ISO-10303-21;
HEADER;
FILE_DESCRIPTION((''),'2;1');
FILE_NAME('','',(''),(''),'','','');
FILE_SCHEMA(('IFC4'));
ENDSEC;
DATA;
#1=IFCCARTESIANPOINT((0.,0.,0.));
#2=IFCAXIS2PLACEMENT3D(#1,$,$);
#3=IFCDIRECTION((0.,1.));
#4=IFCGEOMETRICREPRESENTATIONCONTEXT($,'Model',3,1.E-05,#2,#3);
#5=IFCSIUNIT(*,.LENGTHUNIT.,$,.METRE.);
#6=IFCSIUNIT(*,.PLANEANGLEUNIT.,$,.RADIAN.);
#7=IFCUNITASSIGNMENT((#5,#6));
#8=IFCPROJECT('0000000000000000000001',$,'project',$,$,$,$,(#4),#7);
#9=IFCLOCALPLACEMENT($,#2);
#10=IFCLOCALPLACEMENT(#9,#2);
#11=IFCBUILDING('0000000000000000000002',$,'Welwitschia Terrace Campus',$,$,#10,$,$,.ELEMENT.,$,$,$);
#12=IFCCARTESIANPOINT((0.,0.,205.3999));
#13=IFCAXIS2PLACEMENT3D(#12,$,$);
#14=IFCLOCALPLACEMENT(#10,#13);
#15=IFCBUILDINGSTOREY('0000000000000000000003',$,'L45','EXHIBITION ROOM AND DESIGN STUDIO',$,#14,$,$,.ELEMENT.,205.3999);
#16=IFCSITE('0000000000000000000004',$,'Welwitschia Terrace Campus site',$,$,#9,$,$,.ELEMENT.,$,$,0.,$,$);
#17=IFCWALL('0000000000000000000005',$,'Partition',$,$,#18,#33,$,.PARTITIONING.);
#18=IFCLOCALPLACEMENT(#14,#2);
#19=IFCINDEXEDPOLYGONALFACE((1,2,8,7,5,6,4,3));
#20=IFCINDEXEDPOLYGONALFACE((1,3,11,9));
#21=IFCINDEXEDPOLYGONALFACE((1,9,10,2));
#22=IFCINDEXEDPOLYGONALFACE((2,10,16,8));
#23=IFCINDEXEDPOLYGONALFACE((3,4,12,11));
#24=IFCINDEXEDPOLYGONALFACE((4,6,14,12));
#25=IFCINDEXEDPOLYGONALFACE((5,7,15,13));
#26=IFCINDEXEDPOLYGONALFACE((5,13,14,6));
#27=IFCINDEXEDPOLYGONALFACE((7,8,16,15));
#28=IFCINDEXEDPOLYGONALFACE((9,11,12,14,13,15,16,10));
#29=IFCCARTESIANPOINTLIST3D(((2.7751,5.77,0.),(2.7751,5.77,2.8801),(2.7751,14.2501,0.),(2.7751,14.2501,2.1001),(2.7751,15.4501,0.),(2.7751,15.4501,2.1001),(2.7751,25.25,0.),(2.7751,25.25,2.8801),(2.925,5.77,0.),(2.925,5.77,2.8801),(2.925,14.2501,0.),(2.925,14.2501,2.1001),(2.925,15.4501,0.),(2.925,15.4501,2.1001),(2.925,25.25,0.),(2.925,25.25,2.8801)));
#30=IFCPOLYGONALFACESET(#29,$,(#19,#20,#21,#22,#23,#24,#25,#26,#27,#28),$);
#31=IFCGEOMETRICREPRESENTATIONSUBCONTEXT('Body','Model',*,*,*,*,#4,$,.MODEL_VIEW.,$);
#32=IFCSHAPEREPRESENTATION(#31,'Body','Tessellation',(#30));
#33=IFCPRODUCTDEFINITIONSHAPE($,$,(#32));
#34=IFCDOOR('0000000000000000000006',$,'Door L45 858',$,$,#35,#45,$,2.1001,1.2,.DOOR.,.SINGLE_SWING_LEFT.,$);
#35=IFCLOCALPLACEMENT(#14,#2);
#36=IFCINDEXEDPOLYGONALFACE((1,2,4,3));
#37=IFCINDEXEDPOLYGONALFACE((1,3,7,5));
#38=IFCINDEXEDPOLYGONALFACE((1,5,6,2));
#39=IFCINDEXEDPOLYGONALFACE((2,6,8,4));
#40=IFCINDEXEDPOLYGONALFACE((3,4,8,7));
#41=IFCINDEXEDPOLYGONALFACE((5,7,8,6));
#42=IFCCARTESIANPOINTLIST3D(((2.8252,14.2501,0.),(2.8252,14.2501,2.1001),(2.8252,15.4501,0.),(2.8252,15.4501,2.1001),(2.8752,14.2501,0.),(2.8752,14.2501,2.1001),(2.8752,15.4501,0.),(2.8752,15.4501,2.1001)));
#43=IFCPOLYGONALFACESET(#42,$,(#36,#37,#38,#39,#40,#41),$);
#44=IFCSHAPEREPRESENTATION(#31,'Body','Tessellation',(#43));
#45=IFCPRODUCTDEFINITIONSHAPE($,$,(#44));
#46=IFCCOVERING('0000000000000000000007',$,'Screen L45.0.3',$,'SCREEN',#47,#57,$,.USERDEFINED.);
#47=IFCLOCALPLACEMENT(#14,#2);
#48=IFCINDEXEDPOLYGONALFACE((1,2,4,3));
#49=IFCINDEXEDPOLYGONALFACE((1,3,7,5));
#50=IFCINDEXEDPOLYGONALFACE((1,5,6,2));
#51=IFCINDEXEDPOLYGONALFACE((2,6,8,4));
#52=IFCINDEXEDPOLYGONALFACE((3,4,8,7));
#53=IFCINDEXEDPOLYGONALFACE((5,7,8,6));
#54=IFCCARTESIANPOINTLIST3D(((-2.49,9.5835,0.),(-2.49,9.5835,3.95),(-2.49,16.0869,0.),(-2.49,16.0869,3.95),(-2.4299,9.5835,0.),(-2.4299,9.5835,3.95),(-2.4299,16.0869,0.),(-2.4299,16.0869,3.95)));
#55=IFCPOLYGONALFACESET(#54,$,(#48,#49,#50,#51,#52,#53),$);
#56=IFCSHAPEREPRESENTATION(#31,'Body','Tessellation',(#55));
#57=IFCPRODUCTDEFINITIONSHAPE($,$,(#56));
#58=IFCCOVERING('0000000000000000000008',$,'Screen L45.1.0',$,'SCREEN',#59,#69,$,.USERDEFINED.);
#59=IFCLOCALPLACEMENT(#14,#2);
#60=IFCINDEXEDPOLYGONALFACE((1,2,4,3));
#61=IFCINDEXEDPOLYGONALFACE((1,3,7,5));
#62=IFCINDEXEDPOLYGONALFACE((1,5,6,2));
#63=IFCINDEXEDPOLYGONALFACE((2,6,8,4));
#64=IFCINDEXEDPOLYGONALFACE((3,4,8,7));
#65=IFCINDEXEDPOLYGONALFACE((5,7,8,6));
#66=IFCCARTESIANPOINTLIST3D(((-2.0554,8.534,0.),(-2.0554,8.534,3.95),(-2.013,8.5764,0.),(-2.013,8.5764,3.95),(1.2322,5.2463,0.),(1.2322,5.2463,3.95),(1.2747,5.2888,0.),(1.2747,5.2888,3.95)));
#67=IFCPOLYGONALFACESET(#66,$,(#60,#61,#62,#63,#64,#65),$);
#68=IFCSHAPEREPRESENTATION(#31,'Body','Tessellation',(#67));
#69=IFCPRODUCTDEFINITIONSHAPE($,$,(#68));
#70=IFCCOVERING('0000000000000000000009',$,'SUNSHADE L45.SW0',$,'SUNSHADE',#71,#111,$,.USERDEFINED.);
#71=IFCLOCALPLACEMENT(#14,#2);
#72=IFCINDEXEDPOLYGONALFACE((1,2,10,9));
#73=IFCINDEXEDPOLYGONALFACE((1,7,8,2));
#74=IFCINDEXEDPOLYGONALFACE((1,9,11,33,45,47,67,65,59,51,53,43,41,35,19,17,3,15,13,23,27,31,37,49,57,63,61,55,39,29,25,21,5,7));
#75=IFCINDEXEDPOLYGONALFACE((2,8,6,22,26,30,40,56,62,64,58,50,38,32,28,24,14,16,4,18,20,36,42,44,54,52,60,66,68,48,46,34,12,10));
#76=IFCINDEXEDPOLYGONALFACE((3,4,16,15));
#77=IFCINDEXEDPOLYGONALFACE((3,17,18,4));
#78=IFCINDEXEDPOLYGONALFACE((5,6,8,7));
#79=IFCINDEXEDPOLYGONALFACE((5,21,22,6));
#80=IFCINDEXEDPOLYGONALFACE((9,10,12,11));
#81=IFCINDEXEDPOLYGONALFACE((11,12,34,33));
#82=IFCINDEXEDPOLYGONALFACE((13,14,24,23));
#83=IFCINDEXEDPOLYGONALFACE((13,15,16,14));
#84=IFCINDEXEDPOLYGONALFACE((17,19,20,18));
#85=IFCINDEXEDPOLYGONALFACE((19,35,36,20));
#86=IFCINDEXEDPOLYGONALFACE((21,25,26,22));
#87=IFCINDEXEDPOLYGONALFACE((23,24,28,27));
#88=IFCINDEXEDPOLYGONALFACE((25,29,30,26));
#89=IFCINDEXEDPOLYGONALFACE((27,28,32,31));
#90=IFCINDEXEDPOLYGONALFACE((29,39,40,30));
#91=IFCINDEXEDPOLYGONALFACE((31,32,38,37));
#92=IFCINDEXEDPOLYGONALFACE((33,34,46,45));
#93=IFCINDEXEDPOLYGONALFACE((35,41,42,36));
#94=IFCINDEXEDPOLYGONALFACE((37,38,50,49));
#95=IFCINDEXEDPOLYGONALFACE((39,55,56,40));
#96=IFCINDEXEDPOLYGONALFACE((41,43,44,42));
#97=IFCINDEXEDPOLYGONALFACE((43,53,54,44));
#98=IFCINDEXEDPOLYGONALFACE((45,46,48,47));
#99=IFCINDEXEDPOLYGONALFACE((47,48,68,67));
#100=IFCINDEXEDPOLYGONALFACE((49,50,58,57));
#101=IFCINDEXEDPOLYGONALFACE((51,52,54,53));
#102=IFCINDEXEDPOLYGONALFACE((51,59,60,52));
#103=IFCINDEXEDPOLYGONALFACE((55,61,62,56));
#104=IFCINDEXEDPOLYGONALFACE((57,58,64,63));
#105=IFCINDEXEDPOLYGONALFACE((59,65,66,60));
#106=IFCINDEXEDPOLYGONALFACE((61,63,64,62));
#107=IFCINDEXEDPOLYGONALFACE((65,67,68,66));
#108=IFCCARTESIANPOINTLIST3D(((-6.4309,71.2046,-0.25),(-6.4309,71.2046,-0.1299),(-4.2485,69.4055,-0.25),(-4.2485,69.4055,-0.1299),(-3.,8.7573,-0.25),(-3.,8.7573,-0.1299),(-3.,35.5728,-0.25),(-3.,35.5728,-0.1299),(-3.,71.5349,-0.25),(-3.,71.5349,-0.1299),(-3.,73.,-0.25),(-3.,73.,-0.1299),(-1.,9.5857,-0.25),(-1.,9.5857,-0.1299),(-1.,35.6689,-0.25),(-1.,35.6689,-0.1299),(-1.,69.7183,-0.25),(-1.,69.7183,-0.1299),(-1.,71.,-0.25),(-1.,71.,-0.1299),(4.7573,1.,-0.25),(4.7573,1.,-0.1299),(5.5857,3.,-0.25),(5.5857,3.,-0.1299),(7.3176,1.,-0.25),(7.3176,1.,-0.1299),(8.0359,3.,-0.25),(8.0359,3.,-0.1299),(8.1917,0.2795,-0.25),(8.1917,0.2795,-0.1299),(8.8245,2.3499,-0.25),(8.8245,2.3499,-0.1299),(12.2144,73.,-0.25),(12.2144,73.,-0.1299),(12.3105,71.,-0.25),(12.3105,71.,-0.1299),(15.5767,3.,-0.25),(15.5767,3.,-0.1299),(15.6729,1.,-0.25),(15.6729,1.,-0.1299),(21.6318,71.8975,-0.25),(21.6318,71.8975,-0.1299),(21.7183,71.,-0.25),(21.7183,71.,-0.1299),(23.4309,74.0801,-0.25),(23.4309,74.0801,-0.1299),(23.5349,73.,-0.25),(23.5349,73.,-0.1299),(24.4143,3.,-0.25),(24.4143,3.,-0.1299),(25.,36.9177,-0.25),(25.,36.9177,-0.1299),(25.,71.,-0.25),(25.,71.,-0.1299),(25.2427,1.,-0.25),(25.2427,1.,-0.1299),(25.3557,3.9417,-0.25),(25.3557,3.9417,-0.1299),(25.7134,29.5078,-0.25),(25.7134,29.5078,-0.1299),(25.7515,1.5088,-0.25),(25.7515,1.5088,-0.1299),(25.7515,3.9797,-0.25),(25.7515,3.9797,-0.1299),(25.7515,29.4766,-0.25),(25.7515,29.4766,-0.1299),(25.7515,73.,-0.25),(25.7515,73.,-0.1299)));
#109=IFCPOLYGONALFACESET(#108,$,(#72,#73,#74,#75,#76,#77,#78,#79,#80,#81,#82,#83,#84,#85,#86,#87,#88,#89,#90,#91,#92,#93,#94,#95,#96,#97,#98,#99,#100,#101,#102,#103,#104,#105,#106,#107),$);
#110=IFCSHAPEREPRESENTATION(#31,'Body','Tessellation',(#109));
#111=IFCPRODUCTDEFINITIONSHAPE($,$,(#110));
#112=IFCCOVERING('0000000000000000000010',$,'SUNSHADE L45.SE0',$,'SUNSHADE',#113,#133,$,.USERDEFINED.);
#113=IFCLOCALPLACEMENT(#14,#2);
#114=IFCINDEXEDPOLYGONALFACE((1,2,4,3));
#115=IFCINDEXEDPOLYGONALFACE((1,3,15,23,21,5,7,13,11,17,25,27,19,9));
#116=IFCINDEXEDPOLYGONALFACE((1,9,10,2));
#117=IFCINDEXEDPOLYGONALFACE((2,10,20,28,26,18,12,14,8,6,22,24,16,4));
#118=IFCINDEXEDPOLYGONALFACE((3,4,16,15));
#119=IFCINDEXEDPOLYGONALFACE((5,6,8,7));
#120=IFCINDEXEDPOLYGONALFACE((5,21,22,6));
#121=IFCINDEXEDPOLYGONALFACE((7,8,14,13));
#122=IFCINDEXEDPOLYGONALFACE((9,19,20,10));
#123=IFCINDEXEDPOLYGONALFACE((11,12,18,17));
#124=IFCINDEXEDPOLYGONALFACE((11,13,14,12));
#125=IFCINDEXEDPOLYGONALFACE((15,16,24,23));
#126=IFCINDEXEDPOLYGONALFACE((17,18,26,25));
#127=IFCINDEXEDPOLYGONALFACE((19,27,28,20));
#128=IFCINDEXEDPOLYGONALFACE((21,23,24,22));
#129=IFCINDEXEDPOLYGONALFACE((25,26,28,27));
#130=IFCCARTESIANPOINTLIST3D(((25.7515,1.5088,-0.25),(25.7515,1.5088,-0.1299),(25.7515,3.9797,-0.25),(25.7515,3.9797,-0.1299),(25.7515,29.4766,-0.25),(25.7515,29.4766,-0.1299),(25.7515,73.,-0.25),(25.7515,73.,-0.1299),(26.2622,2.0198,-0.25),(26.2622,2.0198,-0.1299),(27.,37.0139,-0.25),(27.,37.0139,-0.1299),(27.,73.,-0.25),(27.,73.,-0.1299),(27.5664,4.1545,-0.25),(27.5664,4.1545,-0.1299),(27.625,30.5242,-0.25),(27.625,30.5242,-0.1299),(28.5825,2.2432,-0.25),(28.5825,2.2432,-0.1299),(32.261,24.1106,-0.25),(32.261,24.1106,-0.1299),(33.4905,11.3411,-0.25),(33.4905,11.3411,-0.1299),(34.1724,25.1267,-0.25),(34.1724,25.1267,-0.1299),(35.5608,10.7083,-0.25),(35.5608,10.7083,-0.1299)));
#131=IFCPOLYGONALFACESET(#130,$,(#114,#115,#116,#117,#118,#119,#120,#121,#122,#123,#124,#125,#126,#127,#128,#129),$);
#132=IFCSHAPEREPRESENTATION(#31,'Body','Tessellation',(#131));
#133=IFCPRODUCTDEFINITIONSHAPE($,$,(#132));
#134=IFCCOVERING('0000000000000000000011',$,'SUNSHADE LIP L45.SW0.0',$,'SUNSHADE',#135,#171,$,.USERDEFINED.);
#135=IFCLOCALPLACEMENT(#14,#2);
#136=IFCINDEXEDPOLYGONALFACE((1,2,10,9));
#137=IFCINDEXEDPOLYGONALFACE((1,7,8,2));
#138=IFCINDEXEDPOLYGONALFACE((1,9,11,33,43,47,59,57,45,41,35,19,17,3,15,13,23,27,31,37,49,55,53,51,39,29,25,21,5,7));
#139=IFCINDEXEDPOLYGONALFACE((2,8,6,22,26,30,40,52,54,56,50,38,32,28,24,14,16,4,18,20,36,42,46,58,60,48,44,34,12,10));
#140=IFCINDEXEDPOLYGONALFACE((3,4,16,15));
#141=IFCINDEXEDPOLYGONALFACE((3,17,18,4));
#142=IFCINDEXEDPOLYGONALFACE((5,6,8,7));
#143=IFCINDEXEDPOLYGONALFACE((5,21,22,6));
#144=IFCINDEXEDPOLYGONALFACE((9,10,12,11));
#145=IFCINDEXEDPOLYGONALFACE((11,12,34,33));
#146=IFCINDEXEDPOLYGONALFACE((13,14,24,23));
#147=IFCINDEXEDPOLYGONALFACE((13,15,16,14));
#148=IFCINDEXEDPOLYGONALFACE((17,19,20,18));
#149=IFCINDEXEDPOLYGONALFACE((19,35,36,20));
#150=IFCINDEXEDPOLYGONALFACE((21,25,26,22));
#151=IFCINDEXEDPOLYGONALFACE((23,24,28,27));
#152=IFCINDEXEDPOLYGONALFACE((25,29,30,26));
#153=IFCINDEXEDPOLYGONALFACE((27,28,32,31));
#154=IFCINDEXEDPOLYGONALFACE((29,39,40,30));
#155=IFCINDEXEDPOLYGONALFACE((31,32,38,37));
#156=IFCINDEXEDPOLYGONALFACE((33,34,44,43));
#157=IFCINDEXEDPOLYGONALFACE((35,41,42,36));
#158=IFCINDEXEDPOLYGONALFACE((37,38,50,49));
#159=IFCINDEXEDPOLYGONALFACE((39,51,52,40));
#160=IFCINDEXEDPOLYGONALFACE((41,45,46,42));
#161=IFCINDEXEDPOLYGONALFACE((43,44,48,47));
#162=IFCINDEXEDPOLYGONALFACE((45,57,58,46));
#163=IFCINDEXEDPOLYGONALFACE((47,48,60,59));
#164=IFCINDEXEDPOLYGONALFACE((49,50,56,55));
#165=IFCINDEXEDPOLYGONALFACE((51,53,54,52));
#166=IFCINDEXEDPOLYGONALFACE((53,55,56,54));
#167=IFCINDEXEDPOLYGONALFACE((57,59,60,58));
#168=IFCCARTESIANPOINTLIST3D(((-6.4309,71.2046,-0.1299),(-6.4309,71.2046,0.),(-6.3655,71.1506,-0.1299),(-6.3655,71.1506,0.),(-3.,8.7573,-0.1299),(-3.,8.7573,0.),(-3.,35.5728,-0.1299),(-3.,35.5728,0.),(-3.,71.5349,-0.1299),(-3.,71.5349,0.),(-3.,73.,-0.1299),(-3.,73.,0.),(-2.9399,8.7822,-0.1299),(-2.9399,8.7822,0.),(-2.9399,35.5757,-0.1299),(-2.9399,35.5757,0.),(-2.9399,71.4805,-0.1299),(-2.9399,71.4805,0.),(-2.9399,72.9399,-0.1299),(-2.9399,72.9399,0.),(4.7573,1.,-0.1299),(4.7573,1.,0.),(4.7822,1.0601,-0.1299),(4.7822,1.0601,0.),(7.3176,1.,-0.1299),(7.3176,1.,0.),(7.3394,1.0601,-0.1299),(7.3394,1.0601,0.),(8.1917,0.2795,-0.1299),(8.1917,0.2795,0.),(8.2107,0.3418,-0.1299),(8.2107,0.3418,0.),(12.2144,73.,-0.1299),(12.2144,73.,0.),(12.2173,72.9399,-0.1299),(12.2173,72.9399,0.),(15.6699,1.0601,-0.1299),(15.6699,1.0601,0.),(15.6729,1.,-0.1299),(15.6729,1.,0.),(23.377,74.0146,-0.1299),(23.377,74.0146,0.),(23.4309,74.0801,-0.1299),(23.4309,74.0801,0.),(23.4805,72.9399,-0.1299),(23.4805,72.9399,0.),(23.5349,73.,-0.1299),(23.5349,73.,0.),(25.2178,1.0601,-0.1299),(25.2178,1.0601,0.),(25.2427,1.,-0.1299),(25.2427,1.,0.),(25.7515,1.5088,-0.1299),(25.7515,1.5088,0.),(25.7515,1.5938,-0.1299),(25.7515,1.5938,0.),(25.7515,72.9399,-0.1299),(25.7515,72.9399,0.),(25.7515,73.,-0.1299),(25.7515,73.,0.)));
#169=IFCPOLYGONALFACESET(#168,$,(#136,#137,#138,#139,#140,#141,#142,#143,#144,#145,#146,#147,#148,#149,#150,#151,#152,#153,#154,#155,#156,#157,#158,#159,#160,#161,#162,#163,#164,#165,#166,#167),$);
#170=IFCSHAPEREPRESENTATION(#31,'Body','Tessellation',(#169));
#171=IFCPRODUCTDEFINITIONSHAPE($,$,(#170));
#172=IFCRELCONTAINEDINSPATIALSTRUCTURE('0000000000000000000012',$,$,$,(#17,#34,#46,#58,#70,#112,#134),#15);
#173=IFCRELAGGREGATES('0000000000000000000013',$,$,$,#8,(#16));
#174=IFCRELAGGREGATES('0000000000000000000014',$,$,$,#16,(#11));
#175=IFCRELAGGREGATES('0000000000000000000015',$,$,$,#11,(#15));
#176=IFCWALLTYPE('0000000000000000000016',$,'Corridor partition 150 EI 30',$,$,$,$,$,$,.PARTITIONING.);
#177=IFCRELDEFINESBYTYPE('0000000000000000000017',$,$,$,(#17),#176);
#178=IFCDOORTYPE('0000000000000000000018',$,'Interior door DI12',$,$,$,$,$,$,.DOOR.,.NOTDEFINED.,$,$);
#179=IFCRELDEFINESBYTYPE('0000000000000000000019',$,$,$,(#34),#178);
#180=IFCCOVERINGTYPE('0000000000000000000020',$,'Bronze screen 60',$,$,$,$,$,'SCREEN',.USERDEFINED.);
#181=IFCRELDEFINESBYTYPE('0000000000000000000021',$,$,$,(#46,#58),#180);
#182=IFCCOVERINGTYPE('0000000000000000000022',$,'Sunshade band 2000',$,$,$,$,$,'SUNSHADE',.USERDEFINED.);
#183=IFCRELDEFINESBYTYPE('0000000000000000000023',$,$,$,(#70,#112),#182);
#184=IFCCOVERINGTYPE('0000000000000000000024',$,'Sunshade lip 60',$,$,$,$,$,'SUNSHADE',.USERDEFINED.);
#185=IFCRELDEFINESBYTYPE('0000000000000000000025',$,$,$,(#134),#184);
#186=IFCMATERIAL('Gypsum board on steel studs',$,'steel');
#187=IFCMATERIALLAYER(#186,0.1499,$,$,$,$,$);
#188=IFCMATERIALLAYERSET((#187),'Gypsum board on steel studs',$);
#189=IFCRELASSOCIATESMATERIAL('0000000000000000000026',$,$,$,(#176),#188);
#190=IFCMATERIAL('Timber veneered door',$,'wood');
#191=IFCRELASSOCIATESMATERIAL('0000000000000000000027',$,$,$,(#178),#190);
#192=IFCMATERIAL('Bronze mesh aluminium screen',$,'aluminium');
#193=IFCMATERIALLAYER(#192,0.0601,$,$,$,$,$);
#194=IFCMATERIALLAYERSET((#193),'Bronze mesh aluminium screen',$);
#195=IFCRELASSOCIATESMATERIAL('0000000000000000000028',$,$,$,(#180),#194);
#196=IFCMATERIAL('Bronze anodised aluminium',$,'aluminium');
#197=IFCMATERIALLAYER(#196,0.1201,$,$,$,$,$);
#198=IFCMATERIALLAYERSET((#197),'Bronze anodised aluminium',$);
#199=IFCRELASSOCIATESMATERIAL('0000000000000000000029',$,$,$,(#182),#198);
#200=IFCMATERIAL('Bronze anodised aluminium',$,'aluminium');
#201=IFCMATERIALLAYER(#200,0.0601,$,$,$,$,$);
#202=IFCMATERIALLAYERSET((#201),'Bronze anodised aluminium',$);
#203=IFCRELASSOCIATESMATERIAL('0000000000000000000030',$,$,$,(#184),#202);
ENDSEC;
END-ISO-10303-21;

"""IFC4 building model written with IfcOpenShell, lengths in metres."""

from ifc_helpers import new_model, si_unit, direction, frame, frame_2d, origin, origin_2d, place, context, subcontext, project, spatial, polyline, rectangle, outline, extrude, material, layer, layer_set, type_object, element, fill, save


model = new_model("IFC4")

# Units and contexts
model_context = context("Model", 3, precision=1e-05, world=origin(), true_north=direction((0.0, 1.0)))
body_context = subcontext(model_context, "Body", "Model", "MODEL_VIEW")
ifc_project = project(units=[si_unit("LENGTHUNIT", "METRE"), si_unit("PLANEANGLEUNIT", "RADIAN")], contexts=[model_context])

# Site, building, storey
site_placement = place(None, origin())
site = spatial("IfcSite", under=ifc_project, at=site_placement, Name="Welwitschia Terrace Campus site", CompositionType="ELEMENT", RefElevation=0.0)
building_placement = place(site_placement, origin())
building = spatial("IfcBuilding", under=site, at=building_placement, Name="Welwitschia Terrace Campus", CompositionType="ELEMENT")
storey_placement = place(building_placement, frame((0.0, 0.0, 205.3999)))
storey = spatial("IfcBuildingStorey", under=building, at=storey_placement, Name="L45", Description="EXHIBITION ROOM AND DESIGN STUDIO", CompositionType="ELEMENT", Elevation=205.3999)

# Wall, opening, door
ifc_material_1 = material(Name="Gypsum board on steel studs", Category="steel")
ifc_layer_1 = layer(ifc_material_1, 0.1499)
ifc_layer_set_1 = layer_set([ifc_layer_1], Name="Gypsum board on steel studs")
wall_type = type_object("IfcWallType", Name="Corridor partition 150 EI 30", PredefinedType="PARTITIONING", material=ifc_layer_set_1)
wall_placement = place(storey_placement, frame((2.8501, 5.77, 0.0), z_axis=(0.0, 0.0, 1.0), x_axis=(0.0, 1.0, 0.0)))
wall = element("IfcWall", 1, at=wall_placement, inside=storey, type_object=wall_type, Name="Partition", PredefinedType="PARTITIONING", context=body_context, shape_type="SweptSolid", body=[
    extrude(rectangle(XDim=19.48, YDim=0.1499, at=frame_2d((9.74, 0.0))), origin(), (0.0, 0.0, 1.0), 2.8801),
])
opening_placement = place(wall_placement, frame((8.48, 0.0, 0.0)))
opening = element("IfcOpeningElement", 2, at=opening_placement, cuts=wall, PredefinedType="OPENING", context=body_context, shape_type="SweptSolid", body=[
    extrude(rectangle(XDim=1.2, YDim=2.1001, at=frame_2d((0.6001, 1.05))), frame((0.0, 0.085, 0.0), z_axis=(0.0, -1.0, 0.0), x_axis=(1.0, 0.0, 0.0)), (0.0, 0.0, 1.0), 0.1699),
])
ifc_material_2 = material(Name="Timber veneered door", Category="wood")
door_type = type_object("IfcDoorType", Name="Interior door DI12", OperationType="NOTDEFINED", PredefinedType="DOOR", material=ifc_material_2)
door_placement = place(opening_placement, origin())
door = element("IfcDoor", 3, at=door_placement, inside=storey, type_object=door_type, Name="Door L45 858", OperationType="SINGLE_SWING_LEFT", OverallHeight=2.1001, OverallWidth=1.2, PredefinedType="DOOR", context=body_context, shape_type="SweptSolid", body=[
    extrude(rectangle(XDim=1.2, YDim=2.1001, at=frame_2d((0.6001, 1.05))), frame((0.0, 0.0249, 0.0), z_axis=(0.0, -1.0, 0.0), x_axis=(1.0, 0.0, 0.0)), (0.0, 0.0, 1.0), 0.05),
])
fill(opening, door)

# Coverings
ifc_material_3 = material(Name="Bronze mesh aluminium screen", Category="aluminium")
ifc_layer_2 = layer(ifc_material_3, 0.0601)
ifc_layer_set_2 = layer_set([ifc_layer_2], Name="Bronze mesh aluminium screen")
covering_type_1 = type_object("IfcCoveringType", Name="Bronze screen 60", ElementType="SCREEN", PredefinedType="USERDEFINED", material=ifc_layer_set_2)
covering_1_placement = place(storey_placement, frame((-2.46, 12.8352, 0.0), z_axis=(0.0, 0.0, 1.0), x_axis=(0.0, -1.0, 0.0)))
element("IfcCovering", 4, at=covering_1_placement, inside=storey, type_object=covering_type_1, Name="Screen L45.0.3", ObjectType="SCREEN", PredefinedType="USERDEFINED", context=body_context, shape_type="SweptSolid", body=[
    extrude(rectangle(XDim=6.5034, YDim=0.0601, at=origin_2d()), origin(), (0.0, 0.0, 1.0), 3.95),
])
covering_2_placement = place(storey_placement, frame((-0.3904, 6.9114, 0.0), z_axis=(0.0, 0.0, 1.0), x_axis=(0.707107, -0.707107, 0.0)))
element("IfcCovering", 5, at=covering_2_placement, inside=storey, type_object=covering_type_1, Name="Screen L45.1.0", ObjectType="SCREEN", PredefinedType="USERDEFINED", context=body_context, shape_type="SweptSolid", body=[
    extrude(rectangle(XDim=4.6494, YDim=0.0601, at=origin_2d()), origin(), (0.0, 0.0, 1.0), 3.95),
])
ifc_material_4 = material(Name="Bronze anodised aluminium", Category="aluminium")
ifc_layer_3 = layer(ifc_material_4, 0.1201)
ifc_layer_set_3 = layer_set([ifc_layer_3], Name="Bronze anodised aluminium")
covering_type_2 = type_object("IfcCoveringType", Name="Sunshade band 2000", ElementType="SUNSHADE", PredefinedType="USERDEFINED", material=ifc_layer_set_3)
covering_3_placement = place(storey_placement, frame((0.0, 0.0, -0.25)))
element("IfcCovering", 6, at=covering_3_placement, inside=storey, type_object=covering_type_2, Name="SUNSHADE L45.SW0", ObjectType="SUNSHADE", PredefinedType="USERDEFINED", context=body_context, shape_type="SweptSolid", body=[
    extrude(outline(polyline([(-3.0, 71.5349), (-3.0, 73.0), (12.2144, 73.0), (23.4309, 74.0801), (23.5349, 73.0), (25.7515, 73.0), (25.7515, 29.4766), (25.7134, 29.5078), (25.0, 36.9177), (25.0, 71.0), (21.7183, 71.0), (21.6318, 71.8975), (12.3105, 71.0), (-1.0, 71.0), (-1.0, 69.7183), (-4.2485, 69.4055), (-1.0, 35.6689), (-1.0, 9.5857), (5.5857, 3.0), (8.0359, 3.0), (8.8245, 2.3499), (15.5767, 3.0), (24.4143, 3.0), (25.3557, 3.9417), (25.7515, 3.9797), (25.7515, 1.5088), (25.2427, 1.0), (15.6729, 1.0), (8.1917, 0.2795), (7.3176, 1.0), (4.7573, 1.0), (-3.0, 8.7573), (-3.0, 35.5728), (-6.4309, 71.2046), (-3.0, 71.5349)])), origin(), (0.0, 0.0, 1.0), 0.1201),
])
covering_4_placement = place(storey_placement, frame((0.0, 0.0, -0.25)))
element("IfcCovering", 7, at=covering_4_placement, inside=storey, type_object=covering_type_2, Name="SUNSHADE L45.SE0", ObjectType="SUNSHADE", PredefinedType="USERDEFINED", context=body_context, shape_type="SweptSolid", body=[
    extrude(outline(polyline([(27.0, 73.0), (27.0, 37.0139), (27.625, 30.5242), (34.1724, 25.1267), (35.5608, 10.7083), (28.5825, 2.2432), (26.2622, 2.0198), (25.7515, 1.5088), (25.7515, 3.9797), (27.5664, 4.1545), (33.4905, 11.3411), (32.261, 24.1106), (25.7515, 29.4766), (25.7515, 73.0), (27.0, 73.0)])), origin(), (0.0, 0.0, 1.0), 0.1201),
])
ifc_material_5 = material(Name="Bronze anodised aluminium", Category="aluminium")
ifc_layer_4 = layer(ifc_material_5, 0.0601)
ifc_layer_set_4 = layer_set([ifc_layer_4], Name="Bronze anodised aluminium")
covering_type_3 = type_object("IfcCoveringType", Name="Sunshade lip 60", ElementType="SUNSHADE", PredefinedType="USERDEFINED", material=ifc_layer_set_4)
covering_5_placement = place(storey_placement, frame((0.0, 0.0, -0.1299)))
element("IfcCovering", 8, at=covering_5_placement, inside=storey, type_object=covering_type_3, Name="SUNSHADE LIP L45.SW0.0", ObjectType="SUNSHADE", PredefinedType="USERDEFINED", context=body_context, shape_type="SweptSolid", body=[
    extrude(outline(polyline([(-3.0, 73.0), (12.2144, 73.0), (23.4309, 74.0801), (23.5349, 73.0), (25.7515, 73.0), (25.7515, 72.9399), (23.4805, 72.9399), (23.377, 74.0146), (12.2173, 72.9399), (-2.9399, 72.9399), (-2.9399, 71.4805), (-6.3655, 71.1506), (-2.9399, 35.5757), (-2.9399, 8.7822), (4.7822, 1.0601), (7.3394, 1.0601), (8.2107, 0.3418), (15.6699, 1.0601), (25.2178, 1.0601), (25.7515, 1.5938), (25.7515, 1.5088), (25.2427, 1.0), (15.6729, 1.0), (8.1917, 0.2795), (7.3176, 1.0), (4.7573, 1.0), (-3.0, 8.7573), (-3.0, 35.5728), (-6.4309, 71.2046), (-3.0, 71.5349), (-3.0, 73.0)])), origin(), (0.0, 0.0, 1.0), 0.1299),
])

save(model, "model.ifc")
